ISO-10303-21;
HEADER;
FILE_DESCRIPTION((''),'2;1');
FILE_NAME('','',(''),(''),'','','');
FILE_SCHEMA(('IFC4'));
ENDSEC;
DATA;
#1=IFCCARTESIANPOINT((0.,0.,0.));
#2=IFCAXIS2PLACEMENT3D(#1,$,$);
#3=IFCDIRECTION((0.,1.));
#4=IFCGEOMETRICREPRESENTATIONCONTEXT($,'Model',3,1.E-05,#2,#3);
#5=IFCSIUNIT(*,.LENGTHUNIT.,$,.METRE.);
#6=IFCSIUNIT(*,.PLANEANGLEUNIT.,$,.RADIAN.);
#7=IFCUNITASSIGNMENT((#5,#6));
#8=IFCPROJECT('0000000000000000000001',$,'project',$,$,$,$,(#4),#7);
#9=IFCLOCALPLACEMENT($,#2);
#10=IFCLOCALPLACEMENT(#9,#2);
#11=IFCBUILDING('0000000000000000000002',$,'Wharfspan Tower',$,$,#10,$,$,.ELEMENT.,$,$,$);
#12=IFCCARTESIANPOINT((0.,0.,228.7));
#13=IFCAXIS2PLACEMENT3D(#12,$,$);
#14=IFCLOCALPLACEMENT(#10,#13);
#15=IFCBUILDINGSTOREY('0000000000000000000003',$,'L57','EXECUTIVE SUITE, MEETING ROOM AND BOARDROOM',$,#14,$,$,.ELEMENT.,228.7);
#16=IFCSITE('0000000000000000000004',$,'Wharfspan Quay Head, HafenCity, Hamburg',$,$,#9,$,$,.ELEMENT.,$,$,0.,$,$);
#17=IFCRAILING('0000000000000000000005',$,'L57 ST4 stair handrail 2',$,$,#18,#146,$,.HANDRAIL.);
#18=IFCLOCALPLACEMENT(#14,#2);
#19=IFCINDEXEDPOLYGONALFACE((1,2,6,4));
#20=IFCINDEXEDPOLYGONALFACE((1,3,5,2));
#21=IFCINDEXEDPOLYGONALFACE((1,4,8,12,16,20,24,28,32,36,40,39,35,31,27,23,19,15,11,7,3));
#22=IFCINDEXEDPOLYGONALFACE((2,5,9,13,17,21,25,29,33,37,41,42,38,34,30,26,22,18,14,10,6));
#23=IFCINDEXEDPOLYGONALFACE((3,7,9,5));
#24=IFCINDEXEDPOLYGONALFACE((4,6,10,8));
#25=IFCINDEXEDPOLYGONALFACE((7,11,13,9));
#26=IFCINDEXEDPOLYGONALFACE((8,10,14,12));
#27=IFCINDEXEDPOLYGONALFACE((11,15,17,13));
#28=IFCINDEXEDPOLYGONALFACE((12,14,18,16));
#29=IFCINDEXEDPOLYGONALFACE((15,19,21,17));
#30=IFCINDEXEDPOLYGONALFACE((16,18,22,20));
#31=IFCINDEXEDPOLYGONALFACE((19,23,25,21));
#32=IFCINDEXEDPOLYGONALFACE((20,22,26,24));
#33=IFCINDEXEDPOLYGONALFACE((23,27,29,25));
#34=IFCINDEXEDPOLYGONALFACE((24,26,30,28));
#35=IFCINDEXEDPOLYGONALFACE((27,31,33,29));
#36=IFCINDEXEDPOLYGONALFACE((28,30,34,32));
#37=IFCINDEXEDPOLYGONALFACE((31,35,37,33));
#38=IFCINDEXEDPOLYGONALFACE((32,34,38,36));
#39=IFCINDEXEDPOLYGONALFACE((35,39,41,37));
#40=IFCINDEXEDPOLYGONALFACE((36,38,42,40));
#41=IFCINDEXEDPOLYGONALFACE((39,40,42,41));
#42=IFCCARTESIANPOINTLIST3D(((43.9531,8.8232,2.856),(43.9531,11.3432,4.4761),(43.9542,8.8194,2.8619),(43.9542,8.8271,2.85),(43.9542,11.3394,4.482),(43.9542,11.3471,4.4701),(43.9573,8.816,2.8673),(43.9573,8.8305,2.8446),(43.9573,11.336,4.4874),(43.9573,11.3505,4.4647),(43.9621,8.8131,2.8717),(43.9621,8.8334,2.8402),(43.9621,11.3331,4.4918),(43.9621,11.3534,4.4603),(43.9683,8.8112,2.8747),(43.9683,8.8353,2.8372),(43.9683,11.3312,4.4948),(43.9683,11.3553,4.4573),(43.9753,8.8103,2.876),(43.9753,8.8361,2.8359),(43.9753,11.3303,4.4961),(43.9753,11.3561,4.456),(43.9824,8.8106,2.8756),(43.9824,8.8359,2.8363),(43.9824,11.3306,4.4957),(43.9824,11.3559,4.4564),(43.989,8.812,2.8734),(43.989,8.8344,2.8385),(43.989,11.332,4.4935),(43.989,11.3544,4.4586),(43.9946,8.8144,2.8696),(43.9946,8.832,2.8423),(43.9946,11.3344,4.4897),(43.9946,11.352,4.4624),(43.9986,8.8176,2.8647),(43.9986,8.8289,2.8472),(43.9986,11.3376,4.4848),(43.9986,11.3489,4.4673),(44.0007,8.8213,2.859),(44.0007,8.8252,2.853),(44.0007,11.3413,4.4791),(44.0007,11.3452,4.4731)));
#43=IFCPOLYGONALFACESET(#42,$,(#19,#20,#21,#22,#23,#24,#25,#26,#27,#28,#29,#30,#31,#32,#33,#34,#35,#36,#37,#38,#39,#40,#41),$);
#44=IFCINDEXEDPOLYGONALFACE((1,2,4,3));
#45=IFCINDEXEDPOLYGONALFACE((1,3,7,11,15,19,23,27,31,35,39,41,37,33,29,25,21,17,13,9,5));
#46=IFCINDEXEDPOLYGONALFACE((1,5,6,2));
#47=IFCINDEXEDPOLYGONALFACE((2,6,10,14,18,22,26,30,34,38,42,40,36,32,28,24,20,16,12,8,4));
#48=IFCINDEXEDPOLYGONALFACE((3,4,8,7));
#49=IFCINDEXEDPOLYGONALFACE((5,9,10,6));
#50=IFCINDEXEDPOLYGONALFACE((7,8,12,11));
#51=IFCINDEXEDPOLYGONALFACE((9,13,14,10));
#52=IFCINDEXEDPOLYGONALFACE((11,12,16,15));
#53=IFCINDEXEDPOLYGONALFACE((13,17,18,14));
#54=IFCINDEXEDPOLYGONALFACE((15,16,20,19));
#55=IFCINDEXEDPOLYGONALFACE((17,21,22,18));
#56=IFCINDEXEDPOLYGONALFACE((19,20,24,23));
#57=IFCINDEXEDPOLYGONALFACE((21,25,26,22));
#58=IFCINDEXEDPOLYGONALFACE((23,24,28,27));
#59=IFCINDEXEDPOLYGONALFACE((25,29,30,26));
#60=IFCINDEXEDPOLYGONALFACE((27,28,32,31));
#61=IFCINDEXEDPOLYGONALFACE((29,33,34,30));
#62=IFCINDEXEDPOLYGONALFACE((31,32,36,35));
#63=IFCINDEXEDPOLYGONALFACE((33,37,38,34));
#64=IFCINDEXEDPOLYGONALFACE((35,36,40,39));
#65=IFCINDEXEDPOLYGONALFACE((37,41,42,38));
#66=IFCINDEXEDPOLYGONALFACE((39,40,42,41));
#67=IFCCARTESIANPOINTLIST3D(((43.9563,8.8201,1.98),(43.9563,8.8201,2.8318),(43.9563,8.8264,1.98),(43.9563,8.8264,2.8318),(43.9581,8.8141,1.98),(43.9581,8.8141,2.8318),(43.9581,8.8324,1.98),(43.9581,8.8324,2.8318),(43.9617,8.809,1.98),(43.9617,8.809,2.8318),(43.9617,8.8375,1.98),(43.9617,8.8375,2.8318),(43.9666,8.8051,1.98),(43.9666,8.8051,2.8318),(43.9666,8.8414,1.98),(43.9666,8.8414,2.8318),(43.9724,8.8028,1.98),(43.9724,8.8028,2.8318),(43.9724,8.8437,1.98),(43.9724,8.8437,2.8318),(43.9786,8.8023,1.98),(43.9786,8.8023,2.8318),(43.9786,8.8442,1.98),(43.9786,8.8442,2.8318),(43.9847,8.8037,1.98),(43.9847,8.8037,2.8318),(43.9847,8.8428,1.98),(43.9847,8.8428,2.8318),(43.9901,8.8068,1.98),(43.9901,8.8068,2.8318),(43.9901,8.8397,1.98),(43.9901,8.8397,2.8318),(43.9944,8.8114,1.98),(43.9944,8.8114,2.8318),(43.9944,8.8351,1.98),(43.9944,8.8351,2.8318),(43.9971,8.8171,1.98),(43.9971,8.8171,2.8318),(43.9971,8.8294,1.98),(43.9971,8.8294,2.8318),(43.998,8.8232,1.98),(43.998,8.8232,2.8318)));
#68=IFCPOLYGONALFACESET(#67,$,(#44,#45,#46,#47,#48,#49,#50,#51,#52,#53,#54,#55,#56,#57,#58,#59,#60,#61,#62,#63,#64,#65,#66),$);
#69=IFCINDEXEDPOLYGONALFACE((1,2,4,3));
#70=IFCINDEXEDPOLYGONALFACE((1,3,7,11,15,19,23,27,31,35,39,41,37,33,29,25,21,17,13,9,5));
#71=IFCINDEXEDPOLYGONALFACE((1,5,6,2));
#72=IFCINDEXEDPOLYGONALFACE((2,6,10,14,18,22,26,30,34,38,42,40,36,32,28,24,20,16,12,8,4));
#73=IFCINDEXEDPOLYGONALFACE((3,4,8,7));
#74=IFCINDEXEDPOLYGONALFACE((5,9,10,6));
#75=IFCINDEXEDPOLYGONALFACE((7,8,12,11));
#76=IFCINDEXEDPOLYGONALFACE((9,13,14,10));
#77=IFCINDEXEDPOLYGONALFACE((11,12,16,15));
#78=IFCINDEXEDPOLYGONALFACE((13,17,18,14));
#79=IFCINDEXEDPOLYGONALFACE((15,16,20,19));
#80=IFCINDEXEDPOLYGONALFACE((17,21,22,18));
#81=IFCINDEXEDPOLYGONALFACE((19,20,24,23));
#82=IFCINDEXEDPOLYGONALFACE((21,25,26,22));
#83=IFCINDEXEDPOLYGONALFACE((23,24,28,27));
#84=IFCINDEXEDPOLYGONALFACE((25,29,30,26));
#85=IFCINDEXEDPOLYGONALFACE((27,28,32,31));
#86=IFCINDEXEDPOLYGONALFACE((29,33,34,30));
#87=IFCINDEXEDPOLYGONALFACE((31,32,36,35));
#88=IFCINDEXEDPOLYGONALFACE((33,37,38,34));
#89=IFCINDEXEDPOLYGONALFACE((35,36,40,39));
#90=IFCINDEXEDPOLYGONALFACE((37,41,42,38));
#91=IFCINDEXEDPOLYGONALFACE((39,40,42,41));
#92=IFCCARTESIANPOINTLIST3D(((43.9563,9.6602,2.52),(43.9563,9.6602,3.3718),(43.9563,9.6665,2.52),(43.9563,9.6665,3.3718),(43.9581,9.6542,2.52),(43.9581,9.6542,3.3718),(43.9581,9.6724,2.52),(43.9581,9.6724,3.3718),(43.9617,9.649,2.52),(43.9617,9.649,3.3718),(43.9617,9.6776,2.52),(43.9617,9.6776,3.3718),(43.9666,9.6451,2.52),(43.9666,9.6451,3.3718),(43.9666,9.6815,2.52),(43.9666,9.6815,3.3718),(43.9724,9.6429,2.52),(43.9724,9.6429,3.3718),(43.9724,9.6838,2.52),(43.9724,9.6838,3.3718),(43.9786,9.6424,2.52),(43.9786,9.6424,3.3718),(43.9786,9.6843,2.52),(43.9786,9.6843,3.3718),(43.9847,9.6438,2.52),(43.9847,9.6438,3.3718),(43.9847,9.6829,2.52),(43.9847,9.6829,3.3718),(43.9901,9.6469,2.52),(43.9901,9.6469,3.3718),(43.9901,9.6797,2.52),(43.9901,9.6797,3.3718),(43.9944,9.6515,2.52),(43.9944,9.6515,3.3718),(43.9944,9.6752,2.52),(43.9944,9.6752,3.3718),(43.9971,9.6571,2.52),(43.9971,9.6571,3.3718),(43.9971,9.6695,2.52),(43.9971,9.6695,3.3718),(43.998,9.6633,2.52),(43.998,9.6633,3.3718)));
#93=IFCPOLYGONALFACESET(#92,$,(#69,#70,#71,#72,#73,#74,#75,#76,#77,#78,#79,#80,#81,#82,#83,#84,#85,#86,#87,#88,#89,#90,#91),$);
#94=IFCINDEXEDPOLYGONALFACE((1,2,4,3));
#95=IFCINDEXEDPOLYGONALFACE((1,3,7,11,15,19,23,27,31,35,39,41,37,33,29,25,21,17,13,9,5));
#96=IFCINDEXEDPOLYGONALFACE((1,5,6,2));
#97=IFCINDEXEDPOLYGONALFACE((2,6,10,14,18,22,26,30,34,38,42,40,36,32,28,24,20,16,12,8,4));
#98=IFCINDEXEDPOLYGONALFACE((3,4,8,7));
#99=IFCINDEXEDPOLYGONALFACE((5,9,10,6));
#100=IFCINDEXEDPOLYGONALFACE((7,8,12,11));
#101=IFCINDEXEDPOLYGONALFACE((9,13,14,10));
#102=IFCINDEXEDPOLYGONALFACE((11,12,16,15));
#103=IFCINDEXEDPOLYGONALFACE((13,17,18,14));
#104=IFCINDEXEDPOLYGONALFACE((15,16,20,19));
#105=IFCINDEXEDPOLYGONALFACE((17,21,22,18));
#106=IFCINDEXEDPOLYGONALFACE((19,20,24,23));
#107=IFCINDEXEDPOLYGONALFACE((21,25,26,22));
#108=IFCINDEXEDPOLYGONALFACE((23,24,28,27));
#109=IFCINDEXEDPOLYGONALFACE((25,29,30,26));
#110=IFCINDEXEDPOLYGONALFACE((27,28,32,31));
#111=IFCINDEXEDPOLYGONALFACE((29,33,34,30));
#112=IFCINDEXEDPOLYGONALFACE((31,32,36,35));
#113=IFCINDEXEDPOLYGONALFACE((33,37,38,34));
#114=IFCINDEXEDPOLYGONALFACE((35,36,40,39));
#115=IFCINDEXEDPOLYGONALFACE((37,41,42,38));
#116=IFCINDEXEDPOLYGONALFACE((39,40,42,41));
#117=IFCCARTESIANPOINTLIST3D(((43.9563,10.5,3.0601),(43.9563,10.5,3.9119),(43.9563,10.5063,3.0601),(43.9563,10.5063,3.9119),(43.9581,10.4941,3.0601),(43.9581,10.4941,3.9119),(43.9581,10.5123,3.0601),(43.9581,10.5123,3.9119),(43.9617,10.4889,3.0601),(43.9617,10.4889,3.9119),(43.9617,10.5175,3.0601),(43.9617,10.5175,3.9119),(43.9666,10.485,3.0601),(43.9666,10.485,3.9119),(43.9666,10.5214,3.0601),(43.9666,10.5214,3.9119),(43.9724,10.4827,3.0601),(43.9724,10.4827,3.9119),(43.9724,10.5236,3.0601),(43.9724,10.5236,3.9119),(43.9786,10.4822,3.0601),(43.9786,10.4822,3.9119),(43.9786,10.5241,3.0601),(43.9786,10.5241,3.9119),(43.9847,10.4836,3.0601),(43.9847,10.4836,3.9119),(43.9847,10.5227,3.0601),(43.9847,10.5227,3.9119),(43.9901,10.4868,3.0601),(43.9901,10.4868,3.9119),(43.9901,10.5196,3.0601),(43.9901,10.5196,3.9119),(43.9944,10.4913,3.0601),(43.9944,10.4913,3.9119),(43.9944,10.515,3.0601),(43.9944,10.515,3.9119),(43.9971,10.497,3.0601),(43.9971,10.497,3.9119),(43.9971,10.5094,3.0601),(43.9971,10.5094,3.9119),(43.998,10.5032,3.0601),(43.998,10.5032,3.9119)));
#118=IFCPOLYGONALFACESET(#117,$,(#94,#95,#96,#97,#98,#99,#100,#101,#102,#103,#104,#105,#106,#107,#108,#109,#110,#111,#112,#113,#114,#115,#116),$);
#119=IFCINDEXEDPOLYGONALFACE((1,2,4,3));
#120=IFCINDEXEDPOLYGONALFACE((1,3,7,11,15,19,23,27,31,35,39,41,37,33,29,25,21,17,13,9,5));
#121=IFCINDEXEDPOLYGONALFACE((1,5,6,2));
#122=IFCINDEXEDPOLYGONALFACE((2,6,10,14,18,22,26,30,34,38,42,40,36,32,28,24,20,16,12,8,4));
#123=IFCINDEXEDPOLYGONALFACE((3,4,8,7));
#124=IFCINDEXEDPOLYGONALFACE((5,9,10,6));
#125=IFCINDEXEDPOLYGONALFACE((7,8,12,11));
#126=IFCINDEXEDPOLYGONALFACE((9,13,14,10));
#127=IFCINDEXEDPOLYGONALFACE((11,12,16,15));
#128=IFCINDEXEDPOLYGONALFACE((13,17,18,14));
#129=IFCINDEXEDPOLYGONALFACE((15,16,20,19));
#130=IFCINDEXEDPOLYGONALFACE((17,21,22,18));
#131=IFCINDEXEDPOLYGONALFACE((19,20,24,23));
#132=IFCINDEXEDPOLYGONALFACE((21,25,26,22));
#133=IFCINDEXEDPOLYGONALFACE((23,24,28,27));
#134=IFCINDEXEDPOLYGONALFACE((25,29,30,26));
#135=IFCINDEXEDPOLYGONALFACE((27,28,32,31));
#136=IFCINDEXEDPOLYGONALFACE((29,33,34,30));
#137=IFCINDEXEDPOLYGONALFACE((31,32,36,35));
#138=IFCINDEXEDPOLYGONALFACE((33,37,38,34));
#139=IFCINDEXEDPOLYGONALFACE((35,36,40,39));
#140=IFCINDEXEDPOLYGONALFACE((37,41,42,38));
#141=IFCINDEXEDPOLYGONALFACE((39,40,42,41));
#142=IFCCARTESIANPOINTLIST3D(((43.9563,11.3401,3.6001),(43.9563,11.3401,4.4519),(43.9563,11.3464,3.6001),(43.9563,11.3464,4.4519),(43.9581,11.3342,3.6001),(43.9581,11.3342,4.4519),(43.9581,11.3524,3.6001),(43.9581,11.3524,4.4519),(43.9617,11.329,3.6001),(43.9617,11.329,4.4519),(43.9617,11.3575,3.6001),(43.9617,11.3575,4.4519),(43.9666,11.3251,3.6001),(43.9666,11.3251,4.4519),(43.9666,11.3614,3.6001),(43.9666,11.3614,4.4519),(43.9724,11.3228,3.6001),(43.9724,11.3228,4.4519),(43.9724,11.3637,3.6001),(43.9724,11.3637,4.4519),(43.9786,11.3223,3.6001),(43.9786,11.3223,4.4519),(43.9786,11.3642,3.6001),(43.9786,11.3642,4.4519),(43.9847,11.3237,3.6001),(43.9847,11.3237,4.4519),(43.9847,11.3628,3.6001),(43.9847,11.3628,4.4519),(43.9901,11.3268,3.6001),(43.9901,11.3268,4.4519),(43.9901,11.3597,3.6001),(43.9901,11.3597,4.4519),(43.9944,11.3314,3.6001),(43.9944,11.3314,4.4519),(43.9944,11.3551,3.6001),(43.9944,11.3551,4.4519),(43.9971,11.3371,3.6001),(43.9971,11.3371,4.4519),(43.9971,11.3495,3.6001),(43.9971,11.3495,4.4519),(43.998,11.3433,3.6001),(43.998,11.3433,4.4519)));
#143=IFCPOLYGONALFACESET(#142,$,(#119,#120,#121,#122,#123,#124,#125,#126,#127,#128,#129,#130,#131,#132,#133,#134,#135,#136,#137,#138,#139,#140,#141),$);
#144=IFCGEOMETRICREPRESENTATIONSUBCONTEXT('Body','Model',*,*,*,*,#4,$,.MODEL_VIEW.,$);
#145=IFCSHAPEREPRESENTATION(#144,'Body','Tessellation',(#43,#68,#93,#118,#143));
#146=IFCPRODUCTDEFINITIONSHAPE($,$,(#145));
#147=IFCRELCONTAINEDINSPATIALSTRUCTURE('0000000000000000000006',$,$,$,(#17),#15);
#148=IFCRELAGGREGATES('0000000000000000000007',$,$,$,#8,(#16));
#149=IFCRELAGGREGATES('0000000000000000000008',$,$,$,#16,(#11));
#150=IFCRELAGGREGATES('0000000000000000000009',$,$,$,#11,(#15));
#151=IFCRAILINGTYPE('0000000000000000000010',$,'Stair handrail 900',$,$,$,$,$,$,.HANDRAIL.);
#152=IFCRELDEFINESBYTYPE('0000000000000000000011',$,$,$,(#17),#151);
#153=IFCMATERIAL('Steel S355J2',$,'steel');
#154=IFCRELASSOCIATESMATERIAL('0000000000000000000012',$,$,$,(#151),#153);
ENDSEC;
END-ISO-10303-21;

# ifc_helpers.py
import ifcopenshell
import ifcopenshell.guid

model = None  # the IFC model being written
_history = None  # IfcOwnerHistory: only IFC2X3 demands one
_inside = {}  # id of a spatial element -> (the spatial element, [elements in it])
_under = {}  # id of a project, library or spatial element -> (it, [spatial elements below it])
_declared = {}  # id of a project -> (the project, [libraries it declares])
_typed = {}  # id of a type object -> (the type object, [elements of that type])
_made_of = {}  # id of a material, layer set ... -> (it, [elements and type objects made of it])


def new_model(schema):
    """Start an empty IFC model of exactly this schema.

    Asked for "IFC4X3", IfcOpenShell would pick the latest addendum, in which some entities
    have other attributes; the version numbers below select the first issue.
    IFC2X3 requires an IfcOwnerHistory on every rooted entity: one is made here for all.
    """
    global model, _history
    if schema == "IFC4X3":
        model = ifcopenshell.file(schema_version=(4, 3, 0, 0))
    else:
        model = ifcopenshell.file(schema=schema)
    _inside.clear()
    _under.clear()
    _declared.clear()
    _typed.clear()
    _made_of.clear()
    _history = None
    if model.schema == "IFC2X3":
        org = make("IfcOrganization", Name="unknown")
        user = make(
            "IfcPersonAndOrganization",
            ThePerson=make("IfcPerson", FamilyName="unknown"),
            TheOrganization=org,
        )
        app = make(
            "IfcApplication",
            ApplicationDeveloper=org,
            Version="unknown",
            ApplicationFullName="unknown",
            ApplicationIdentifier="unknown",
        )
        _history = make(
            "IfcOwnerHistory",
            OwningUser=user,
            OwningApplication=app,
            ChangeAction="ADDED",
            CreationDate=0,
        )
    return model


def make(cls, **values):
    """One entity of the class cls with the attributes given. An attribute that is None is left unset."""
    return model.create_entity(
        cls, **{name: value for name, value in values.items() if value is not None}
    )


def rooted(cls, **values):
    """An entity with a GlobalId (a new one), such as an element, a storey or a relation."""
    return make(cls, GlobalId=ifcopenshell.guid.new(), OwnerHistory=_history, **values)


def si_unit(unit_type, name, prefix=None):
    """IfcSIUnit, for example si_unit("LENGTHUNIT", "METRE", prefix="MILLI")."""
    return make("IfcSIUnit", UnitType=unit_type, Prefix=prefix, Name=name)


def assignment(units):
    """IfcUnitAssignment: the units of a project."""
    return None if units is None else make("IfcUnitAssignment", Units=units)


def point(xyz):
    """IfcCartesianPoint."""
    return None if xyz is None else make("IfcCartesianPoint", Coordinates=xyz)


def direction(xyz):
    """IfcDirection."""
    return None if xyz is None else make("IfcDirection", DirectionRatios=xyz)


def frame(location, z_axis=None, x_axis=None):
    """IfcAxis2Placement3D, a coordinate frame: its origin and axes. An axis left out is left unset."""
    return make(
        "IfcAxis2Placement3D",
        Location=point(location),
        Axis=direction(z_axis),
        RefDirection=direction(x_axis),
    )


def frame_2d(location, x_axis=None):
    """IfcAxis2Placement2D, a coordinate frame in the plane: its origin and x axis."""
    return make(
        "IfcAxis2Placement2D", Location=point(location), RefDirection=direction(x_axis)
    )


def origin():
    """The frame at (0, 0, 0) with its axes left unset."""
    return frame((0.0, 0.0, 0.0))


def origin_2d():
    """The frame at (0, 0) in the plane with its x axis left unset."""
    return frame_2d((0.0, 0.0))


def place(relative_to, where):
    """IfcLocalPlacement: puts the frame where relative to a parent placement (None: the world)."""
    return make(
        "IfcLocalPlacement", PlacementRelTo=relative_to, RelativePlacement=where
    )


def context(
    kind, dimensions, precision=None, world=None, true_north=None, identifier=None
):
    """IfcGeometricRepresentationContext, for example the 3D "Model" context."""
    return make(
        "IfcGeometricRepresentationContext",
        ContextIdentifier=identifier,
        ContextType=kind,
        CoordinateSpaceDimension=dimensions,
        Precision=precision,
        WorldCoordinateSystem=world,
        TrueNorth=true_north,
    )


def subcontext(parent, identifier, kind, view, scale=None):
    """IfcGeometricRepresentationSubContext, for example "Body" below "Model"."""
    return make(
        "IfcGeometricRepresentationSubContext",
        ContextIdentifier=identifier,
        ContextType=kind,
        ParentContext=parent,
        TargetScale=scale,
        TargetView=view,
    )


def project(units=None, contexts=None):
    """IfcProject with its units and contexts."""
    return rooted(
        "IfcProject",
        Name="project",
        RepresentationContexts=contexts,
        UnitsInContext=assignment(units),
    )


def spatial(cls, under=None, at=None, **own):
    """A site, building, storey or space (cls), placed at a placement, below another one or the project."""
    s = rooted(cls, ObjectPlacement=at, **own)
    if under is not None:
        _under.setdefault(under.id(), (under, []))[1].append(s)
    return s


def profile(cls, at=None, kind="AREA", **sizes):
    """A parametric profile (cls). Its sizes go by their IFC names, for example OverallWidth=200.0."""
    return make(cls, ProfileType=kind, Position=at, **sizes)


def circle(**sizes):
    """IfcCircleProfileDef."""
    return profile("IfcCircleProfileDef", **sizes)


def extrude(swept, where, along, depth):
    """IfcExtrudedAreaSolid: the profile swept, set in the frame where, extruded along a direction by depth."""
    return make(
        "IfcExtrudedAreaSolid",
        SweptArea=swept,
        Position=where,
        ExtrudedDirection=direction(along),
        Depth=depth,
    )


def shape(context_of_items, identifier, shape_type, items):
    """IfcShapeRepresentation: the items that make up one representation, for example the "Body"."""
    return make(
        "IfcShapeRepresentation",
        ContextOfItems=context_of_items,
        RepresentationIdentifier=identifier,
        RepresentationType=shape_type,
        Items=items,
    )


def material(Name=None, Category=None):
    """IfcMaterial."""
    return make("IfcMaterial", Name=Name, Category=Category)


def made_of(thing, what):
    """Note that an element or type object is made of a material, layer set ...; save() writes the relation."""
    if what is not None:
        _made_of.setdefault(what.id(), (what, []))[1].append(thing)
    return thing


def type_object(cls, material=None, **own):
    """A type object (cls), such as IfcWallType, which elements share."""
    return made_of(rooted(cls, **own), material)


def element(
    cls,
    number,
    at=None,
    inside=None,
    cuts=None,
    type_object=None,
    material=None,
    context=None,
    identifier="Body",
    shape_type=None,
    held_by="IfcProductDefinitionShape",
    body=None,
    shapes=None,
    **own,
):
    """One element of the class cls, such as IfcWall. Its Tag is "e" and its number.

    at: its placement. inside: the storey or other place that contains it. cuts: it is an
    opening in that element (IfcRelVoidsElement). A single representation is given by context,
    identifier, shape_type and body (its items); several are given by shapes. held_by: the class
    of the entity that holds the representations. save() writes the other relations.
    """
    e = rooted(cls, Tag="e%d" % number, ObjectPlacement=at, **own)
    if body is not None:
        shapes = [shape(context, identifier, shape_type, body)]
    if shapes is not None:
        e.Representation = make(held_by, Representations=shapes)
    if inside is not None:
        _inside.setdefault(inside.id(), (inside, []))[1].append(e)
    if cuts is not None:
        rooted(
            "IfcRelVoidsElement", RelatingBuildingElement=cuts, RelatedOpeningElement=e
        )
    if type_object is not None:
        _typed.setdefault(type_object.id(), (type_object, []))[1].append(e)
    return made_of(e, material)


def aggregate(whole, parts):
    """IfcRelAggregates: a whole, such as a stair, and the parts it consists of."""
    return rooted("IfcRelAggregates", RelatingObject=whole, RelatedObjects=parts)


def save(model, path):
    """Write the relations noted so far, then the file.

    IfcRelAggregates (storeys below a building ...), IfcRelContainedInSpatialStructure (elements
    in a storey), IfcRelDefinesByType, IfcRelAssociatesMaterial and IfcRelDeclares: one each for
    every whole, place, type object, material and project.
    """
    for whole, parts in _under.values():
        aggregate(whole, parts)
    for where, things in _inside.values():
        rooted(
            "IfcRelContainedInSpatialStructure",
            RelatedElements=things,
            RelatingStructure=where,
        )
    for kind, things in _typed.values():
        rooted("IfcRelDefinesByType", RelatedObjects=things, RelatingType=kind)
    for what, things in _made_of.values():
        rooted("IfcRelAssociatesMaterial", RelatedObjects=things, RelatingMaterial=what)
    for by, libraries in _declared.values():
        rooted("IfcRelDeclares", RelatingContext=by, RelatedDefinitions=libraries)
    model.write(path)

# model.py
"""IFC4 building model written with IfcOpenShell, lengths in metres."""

from ifc_helpers import new_model, si_unit, direction, frame, origin, origin_2d, place, context, subcontext, project, spatial, circle, extrude, material, type_object, element, save


model = new_model("IFC4")

# Units and contexts
model_context = context("Model", 3, precision=1e-05, world=origin(), true_north=direction((0.0, 1.0)))
body_context = subcontext(model_context, "Body", "Model", "MODEL_VIEW")
ifc_project = project(units=[si_unit("LENGTHUNIT", "METRE"), si_unit("PLANEANGLEUNIT", "RADIAN")], contexts=[model_context])

# Site, building, storey
site_placement = place(None, origin())
site = spatial("IfcSite", under=ifc_project, at=site_placement, Name="Wharfspan Quay Head, HafenCity, Hamburg", CompositionType="ELEMENT", RefElevation=0.0)
building_placement = place(site_placement, origin())
building = spatial("IfcBuilding", under=site, at=building_placement, Name="Wharfspan Tower", CompositionType="ELEMENT")
storey_placement = place(building_placement, frame((0.0, 0.0, 228.7)))
storey = spatial("IfcBuildingStorey", under=building, at=storey_placement, Name="L57", Description="EXECUTIVE SUITE, MEETING ROOM AND BOARDROOM", CompositionType="ELEMENT", Elevation=228.7)

# Shared definitions
ifc_material_1 = material(Name="Steel S355J2", Category="steel")

# Railing
railing_type_1 = type_object("IfcRailingType", Name="Stair handrail 900", PredefinedType="HANDRAIL", material=ifc_material_1)
railing_1_placement = place(storey_placement, frame((43.9771, 8.8232, 1.98)))
element("IfcRailing", 1, at=railing_1_placement, inside=storey, type_object=railing_type_1, Name="L57 ST4 stair handrail 2", PredefinedType="HANDRAIL", context=body_context, shape_type="SweptSolid", body=[
    extrude(circle(Radius=0.0239, at=origin_2d()), frame((0.0, 0.0, 0.876), z_axis=(0.0, 0.841163, 0.540782), x_axis=(-1.0, 0.0, 0.0)), (0.0, 0.0, 1.0), 2.9958),
    extrude(circle(Radius=0.021, at=origin_2d()), origin(), (0.0, 0.0, 1.0), 0.8518),
    extrude(circle(Radius=0.021, at=origin_2d()), frame((0.0, 0.8401, 0.54)), (0.0, 0.0, 1.0), 0.8518),
    extrude(circle(Radius=0.021, at=origin_2d()), frame((0.0, 1.6799, 1.0801)), (0.0, 0.0, 1.0), 0.8518),
    extrude(circle(Radius=0.021, at=origin_2d()), frame((0.0, 2.52, 1.6201)), (0.0, 0.0, 1.0), 0.8518),
])

save(model, "model.ifc")
